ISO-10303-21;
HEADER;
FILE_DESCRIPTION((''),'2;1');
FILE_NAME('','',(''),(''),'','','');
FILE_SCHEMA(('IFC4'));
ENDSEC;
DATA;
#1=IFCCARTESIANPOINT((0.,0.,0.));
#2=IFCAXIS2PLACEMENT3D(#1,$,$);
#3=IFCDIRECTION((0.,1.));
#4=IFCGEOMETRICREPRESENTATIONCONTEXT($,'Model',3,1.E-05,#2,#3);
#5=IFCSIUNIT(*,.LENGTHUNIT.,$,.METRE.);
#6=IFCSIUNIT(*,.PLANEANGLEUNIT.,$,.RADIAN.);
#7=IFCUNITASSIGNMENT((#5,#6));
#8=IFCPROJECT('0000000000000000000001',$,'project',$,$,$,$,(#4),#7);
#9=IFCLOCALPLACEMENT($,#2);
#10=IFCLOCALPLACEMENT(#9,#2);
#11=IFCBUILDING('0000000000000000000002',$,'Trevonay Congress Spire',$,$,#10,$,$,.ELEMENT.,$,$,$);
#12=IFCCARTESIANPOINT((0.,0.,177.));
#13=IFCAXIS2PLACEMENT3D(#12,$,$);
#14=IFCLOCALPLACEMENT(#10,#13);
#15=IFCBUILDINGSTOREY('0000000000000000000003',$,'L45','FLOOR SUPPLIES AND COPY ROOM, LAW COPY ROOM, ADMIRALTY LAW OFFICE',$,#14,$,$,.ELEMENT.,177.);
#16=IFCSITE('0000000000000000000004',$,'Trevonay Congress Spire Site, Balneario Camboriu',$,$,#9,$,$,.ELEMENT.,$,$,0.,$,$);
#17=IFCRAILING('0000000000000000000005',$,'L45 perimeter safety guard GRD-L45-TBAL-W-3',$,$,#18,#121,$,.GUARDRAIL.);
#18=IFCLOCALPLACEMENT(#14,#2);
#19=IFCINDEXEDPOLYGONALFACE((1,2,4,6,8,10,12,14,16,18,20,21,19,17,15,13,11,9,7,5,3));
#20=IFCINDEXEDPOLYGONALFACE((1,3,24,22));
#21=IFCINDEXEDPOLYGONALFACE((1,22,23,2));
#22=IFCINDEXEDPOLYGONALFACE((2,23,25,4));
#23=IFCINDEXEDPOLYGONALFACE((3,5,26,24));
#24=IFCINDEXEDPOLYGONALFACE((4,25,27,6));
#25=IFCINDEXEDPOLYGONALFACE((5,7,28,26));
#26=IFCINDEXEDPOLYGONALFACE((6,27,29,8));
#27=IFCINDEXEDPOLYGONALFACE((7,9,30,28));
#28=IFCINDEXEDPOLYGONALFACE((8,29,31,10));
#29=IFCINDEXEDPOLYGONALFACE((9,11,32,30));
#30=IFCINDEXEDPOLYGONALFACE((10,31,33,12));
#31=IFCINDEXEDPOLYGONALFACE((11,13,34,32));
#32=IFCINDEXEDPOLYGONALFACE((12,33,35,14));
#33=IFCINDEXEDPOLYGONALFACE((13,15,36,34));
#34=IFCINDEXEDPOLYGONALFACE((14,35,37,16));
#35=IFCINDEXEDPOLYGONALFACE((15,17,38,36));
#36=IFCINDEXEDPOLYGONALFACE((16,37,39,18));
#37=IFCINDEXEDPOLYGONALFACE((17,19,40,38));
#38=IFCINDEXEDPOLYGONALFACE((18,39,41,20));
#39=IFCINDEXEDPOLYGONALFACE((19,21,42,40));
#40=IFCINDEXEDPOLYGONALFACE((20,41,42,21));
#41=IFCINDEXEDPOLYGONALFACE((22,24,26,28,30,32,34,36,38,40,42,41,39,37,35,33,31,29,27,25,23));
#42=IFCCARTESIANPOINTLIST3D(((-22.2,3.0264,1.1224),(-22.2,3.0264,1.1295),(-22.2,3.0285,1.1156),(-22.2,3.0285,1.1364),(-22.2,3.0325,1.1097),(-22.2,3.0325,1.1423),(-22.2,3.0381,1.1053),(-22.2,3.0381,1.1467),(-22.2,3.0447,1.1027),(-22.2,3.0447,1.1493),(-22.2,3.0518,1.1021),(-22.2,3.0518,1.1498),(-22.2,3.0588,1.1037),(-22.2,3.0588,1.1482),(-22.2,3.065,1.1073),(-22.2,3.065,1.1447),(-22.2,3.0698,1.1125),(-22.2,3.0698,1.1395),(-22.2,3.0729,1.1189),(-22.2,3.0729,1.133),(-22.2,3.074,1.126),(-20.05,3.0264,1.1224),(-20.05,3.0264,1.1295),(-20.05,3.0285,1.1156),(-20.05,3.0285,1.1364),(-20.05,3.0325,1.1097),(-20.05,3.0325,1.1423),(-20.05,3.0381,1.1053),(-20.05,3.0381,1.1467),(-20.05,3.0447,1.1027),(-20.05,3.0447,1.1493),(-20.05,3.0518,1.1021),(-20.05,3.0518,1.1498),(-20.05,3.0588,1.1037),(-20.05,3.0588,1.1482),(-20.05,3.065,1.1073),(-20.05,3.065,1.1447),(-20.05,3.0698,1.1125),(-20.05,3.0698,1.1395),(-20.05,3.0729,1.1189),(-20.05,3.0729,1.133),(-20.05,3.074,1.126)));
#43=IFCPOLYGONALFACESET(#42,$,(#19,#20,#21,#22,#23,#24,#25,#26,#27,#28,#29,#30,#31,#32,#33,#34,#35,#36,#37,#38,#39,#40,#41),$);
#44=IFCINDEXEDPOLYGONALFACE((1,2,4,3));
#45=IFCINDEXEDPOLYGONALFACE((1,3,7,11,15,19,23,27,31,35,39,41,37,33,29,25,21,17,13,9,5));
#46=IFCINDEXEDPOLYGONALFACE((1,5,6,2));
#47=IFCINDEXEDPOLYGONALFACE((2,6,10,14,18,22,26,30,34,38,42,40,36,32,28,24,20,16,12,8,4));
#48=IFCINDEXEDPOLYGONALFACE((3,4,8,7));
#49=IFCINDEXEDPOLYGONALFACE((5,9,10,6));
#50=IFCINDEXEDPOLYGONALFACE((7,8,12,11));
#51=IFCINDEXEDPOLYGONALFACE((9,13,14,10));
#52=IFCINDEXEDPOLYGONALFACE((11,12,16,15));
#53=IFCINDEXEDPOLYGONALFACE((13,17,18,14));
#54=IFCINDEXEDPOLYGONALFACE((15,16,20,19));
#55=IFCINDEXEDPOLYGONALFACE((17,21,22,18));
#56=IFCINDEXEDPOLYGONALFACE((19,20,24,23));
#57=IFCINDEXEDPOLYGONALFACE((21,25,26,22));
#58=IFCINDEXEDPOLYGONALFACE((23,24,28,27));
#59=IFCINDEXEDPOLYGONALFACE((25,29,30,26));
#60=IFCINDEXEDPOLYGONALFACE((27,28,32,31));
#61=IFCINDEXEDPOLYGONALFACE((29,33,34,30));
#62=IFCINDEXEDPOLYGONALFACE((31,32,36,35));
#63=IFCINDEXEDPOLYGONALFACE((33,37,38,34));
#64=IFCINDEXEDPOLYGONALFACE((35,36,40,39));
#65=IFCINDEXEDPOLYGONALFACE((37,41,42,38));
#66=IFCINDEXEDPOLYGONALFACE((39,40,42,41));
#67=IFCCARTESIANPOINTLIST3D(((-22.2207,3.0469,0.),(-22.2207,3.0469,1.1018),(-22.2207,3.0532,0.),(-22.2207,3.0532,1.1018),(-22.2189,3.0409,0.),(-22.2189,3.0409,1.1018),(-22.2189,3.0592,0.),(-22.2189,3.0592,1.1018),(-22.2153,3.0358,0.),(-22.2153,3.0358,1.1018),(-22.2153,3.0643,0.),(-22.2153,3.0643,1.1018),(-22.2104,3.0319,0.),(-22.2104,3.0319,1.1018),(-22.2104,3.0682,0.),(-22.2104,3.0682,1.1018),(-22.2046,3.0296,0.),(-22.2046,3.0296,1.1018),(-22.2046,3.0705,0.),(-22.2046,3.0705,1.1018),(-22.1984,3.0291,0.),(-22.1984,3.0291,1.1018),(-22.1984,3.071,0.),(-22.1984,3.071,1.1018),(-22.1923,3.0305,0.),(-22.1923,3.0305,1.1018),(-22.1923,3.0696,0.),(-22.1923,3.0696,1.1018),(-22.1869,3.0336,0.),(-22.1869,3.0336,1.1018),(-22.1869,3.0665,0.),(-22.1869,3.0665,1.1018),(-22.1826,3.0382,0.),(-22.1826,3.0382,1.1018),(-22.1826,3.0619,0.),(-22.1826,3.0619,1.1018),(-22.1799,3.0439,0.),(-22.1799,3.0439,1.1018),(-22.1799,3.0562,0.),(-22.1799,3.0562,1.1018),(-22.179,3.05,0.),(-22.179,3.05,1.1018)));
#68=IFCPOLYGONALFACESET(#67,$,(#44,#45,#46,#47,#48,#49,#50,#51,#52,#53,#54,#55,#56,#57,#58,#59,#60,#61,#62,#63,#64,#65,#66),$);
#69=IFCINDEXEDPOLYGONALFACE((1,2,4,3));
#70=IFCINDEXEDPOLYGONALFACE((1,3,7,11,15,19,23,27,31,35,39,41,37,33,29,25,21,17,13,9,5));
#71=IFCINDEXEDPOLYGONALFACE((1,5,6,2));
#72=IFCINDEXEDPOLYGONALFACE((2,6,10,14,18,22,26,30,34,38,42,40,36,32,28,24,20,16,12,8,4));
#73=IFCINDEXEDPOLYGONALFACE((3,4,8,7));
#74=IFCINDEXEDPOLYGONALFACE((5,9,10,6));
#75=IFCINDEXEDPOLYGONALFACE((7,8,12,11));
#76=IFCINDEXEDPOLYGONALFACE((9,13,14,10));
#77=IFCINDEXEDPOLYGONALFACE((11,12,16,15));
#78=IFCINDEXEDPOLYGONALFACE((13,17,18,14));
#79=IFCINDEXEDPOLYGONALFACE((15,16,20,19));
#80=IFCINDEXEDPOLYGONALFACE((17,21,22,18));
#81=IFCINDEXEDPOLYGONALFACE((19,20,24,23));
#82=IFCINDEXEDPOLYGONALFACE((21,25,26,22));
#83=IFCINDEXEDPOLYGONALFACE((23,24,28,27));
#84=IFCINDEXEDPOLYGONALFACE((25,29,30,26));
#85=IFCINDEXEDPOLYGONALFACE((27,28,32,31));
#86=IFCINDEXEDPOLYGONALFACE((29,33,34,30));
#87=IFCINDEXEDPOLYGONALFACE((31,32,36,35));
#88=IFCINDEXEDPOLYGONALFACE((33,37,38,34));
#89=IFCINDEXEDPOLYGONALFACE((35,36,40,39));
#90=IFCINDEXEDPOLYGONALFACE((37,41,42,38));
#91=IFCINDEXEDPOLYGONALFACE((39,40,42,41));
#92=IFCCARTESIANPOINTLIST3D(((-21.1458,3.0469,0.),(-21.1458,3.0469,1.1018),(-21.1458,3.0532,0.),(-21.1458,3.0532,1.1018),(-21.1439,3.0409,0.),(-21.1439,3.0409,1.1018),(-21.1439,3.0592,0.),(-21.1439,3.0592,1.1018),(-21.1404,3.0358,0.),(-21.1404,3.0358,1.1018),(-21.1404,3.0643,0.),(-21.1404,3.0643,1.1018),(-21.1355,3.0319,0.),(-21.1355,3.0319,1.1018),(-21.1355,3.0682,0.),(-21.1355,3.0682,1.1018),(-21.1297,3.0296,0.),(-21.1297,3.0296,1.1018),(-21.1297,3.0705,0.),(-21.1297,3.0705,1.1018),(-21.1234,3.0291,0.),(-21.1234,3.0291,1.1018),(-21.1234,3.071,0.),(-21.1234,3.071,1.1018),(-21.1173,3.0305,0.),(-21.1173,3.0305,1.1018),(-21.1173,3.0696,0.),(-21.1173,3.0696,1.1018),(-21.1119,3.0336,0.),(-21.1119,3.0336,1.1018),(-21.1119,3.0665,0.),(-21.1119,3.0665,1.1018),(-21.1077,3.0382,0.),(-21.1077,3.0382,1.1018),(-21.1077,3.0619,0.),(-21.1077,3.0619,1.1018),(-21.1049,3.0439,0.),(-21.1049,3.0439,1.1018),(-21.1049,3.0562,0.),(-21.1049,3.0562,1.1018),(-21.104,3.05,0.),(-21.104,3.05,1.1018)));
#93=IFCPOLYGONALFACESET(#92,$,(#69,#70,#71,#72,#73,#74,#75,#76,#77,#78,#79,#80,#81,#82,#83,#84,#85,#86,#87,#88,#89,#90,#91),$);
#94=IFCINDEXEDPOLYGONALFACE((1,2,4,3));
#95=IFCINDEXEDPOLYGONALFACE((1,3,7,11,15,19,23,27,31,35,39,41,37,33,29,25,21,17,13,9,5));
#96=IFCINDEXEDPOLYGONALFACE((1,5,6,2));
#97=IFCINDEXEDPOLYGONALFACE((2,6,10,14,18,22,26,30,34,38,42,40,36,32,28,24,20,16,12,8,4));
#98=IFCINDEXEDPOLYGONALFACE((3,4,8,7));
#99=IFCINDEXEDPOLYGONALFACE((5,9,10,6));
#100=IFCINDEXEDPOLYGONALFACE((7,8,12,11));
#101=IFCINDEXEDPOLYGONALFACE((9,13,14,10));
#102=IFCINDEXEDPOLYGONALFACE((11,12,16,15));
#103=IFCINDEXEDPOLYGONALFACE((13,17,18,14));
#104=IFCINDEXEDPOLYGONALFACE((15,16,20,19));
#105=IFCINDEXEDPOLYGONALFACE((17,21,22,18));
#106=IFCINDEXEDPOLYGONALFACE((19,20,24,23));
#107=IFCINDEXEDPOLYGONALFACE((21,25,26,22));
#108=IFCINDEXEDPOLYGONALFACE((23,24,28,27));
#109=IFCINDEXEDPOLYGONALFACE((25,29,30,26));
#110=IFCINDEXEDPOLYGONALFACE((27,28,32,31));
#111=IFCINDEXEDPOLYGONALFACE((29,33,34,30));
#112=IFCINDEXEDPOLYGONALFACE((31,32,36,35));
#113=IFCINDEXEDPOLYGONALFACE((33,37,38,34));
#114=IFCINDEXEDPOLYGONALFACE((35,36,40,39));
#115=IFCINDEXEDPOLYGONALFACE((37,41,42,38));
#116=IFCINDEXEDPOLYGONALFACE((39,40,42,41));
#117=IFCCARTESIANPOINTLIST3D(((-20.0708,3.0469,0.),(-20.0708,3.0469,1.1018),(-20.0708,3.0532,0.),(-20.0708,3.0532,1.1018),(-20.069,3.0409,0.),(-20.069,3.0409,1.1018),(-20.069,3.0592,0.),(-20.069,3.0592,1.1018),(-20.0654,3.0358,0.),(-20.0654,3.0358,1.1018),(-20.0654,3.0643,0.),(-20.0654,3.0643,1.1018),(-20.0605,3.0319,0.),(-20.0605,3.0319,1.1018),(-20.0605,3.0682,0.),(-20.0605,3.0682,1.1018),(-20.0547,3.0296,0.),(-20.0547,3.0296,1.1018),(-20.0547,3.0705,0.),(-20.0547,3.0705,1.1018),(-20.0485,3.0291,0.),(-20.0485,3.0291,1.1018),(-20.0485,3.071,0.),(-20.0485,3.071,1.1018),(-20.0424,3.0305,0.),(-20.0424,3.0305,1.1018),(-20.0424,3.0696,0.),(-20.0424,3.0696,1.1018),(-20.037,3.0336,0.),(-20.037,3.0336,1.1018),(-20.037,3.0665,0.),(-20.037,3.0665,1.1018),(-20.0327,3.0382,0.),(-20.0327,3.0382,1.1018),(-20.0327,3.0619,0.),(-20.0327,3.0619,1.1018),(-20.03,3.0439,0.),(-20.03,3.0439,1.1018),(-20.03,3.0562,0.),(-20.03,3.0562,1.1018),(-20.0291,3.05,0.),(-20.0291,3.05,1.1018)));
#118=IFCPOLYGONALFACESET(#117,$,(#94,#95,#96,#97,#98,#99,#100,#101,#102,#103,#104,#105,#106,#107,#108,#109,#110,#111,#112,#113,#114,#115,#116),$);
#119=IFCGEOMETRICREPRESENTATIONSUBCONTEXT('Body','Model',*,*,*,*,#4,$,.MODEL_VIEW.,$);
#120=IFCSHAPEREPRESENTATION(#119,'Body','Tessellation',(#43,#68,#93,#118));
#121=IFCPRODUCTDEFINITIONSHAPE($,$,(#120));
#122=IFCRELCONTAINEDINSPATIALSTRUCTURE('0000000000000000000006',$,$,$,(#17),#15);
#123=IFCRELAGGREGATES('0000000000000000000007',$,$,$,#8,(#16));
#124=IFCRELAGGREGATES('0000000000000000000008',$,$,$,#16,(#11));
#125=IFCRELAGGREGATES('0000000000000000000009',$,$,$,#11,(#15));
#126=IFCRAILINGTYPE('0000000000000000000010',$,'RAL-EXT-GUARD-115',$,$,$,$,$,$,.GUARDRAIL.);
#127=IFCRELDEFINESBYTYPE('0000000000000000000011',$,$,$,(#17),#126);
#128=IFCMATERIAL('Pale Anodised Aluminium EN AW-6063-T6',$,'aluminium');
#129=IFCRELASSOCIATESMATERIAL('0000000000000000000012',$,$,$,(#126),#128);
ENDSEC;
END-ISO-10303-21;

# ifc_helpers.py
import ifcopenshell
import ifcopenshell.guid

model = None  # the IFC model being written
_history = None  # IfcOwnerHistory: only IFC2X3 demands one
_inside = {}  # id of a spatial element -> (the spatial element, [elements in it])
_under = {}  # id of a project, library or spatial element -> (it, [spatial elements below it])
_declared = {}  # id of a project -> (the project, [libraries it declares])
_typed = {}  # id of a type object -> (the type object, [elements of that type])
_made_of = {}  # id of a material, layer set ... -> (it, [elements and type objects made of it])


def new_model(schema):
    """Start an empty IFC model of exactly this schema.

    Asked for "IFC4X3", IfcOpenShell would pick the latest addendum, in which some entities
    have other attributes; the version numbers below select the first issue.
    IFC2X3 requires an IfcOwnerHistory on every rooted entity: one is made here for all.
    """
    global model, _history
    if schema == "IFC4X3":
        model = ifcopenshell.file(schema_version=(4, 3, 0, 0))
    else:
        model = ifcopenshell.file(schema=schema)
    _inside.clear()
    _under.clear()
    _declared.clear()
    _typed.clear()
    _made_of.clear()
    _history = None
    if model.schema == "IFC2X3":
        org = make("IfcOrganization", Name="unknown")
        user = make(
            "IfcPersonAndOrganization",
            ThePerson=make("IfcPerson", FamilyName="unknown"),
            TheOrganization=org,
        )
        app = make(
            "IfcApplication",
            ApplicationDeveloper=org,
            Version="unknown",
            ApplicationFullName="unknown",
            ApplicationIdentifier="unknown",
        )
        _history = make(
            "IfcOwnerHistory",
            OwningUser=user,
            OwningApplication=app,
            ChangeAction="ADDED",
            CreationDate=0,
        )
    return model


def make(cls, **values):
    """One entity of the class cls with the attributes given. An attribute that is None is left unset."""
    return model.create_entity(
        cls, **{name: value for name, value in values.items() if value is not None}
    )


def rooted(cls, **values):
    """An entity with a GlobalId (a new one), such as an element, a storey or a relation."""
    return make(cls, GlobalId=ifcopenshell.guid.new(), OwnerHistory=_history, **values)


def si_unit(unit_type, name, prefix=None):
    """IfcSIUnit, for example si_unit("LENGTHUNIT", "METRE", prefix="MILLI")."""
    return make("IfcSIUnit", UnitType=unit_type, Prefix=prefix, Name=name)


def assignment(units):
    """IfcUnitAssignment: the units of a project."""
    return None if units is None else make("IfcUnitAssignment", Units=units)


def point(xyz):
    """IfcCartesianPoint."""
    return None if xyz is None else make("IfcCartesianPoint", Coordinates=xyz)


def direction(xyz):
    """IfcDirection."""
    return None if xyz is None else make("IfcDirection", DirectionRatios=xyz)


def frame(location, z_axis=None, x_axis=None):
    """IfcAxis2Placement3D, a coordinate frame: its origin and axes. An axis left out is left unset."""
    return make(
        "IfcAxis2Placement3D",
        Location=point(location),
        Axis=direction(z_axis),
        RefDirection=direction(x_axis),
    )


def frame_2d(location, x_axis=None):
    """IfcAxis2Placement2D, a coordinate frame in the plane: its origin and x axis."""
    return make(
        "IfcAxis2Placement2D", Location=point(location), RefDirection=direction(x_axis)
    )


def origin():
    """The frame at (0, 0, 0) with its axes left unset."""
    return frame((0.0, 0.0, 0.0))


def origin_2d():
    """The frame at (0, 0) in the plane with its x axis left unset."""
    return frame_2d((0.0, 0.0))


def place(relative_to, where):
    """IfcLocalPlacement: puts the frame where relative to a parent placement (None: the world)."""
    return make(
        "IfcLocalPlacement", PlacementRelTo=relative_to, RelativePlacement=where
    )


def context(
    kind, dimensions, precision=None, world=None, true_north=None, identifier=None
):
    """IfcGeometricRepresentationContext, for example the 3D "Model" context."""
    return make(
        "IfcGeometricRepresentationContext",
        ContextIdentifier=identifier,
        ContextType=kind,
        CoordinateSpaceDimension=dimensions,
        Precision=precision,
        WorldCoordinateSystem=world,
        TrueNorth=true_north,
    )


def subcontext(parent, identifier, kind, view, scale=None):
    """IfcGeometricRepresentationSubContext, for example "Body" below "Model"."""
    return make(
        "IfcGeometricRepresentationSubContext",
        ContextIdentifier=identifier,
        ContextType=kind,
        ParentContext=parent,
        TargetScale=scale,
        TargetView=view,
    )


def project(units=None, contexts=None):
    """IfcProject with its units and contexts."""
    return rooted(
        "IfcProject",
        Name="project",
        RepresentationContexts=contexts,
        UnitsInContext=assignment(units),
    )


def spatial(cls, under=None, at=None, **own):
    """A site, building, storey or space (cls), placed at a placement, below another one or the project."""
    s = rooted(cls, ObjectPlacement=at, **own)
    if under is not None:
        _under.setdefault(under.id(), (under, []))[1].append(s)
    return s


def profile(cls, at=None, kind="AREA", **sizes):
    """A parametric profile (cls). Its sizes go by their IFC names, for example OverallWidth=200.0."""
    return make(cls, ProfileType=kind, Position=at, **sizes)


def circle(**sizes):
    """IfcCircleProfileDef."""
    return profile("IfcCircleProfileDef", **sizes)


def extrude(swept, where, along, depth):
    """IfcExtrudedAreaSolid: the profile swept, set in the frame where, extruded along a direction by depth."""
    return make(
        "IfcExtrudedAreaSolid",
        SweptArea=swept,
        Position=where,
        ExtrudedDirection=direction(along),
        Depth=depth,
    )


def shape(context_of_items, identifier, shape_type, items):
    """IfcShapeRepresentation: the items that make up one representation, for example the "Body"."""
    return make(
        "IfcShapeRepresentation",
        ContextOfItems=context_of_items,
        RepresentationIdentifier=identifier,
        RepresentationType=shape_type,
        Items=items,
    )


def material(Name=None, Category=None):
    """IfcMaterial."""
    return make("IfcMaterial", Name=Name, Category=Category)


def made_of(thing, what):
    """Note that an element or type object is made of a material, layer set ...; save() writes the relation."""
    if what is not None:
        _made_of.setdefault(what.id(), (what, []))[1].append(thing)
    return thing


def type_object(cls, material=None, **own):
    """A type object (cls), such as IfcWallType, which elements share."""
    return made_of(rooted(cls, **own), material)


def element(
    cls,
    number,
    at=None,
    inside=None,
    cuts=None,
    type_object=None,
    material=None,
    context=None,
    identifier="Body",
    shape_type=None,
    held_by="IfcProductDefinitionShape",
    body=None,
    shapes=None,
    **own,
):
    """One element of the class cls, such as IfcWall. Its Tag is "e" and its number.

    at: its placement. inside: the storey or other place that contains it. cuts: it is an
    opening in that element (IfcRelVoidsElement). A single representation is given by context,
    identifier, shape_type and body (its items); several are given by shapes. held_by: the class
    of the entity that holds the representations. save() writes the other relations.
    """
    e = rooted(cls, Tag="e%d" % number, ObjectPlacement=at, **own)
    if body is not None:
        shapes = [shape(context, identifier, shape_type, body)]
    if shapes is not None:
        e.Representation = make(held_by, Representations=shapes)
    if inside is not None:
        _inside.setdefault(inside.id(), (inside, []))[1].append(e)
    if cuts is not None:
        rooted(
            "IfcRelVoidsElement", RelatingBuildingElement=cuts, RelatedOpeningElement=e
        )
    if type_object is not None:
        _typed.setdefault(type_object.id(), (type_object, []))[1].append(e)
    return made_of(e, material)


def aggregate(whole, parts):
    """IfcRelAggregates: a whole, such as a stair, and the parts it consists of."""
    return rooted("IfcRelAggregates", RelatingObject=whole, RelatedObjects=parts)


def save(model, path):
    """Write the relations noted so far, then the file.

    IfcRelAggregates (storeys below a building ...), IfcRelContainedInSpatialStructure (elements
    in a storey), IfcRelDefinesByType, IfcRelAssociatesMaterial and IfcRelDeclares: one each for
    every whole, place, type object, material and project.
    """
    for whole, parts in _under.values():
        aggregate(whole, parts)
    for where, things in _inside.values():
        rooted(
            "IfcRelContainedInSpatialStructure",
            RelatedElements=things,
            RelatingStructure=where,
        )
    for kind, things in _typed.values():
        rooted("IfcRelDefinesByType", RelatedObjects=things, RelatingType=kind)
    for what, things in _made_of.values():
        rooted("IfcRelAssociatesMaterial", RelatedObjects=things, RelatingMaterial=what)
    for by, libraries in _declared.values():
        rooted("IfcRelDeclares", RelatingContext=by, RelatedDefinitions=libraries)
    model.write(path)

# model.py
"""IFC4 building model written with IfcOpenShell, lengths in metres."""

from ifc_helpers import new_model, si_unit, direction, frame, origin, origin_2d, place, context, subcontext, project, spatial, circle, extrude, material, type_object, element, save


model = new_model("IFC4")

# Units and contexts
model_context = context("Model", 3, precision=1e-05, world=origin(), true_north=direction((0.0, 1.0)))
body_context = subcontext(model_context, "Body", "Model", "MODEL_VIEW")
ifc_project = project(units=[si_unit("LENGTHUNIT", "METRE"), si_unit("PLANEANGLEUNIT", "RADIAN")], contexts=[model_context])

# Site, building, storey
site_placement = place(None, origin())
site = spatial("IfcSite", under=ifc_project, at=site_placement, Name="Trevonay Congress Spire Site, Balneario Camboriu", CompositionType="ELEMENT", RefElevation=0.0)
building_placement = place(site_placement, origin())
building = spatial("IfcBuilding", under=site, at=building_placement, Name="Trevonay Congress Spire", CompositionType="ELEMENT")
storey_placement = place(building_placement, frame((0.0, 0.0, 177.0)))
storey = spatial("IfcBuildingStorey", under=building, at=storey_placement, Name="L45", Description="FLOOR SUPPLIES AND COPY ROOM, LAW COPY ROOM, ADMIRALTY LAW OFFICE", CompositionType="ELEMENT", Elevation=177.0)

# Shared definitions
ifc_material_1 = material(Name="Pale Anodised Aluminium EN AW-6063-T6", Category="aluminium")

# Railing
railing_type = type_object("IfcRailingType", Name="RAL-EXT-GUARD-115", PredefinedType="GUARDRAIL", material=ifc_material_1)
railing_placement = place(storey_placement, frame((-22.2, 3.05, 0.0)))
element("IfcRailing", 1, at=railing_placement, inside=storey, type_object=railing_type, Name="L45 perimeter safety guard GRD-L45-TBAL-W-3", PredefinedType="GUARDRAIL", context=body_context, shape_type="SweptSolid", body=[
    extrude(circle(Radius=0.0239, at=origin_2d()), frame((0.0, 0.0, 1.126), z_axis=(1.0, 0.0, 0.0), x_axis=(0.0, 1.0, 0.0)), (0.0, 0.0, 1.0), 2.1499),
    extrude(circle(Radius=0.021, at=origin_2d()), origin(), (0.0, 0.0, 1.0), 1.1018),
    extrude(circle(Radius=0.021, at=origin_2d()), frame((1.075, 0.0, 0.0)), (0.0, 0.0, 1.0), 1.1018),
    extrude(circle(Radius=0.021, at=origin_2d()), frame((2.1499, 0.0, 0.0)), (0.0, 0.0, 1.0), 1.1018),
])

save(model, "model.ifc")
